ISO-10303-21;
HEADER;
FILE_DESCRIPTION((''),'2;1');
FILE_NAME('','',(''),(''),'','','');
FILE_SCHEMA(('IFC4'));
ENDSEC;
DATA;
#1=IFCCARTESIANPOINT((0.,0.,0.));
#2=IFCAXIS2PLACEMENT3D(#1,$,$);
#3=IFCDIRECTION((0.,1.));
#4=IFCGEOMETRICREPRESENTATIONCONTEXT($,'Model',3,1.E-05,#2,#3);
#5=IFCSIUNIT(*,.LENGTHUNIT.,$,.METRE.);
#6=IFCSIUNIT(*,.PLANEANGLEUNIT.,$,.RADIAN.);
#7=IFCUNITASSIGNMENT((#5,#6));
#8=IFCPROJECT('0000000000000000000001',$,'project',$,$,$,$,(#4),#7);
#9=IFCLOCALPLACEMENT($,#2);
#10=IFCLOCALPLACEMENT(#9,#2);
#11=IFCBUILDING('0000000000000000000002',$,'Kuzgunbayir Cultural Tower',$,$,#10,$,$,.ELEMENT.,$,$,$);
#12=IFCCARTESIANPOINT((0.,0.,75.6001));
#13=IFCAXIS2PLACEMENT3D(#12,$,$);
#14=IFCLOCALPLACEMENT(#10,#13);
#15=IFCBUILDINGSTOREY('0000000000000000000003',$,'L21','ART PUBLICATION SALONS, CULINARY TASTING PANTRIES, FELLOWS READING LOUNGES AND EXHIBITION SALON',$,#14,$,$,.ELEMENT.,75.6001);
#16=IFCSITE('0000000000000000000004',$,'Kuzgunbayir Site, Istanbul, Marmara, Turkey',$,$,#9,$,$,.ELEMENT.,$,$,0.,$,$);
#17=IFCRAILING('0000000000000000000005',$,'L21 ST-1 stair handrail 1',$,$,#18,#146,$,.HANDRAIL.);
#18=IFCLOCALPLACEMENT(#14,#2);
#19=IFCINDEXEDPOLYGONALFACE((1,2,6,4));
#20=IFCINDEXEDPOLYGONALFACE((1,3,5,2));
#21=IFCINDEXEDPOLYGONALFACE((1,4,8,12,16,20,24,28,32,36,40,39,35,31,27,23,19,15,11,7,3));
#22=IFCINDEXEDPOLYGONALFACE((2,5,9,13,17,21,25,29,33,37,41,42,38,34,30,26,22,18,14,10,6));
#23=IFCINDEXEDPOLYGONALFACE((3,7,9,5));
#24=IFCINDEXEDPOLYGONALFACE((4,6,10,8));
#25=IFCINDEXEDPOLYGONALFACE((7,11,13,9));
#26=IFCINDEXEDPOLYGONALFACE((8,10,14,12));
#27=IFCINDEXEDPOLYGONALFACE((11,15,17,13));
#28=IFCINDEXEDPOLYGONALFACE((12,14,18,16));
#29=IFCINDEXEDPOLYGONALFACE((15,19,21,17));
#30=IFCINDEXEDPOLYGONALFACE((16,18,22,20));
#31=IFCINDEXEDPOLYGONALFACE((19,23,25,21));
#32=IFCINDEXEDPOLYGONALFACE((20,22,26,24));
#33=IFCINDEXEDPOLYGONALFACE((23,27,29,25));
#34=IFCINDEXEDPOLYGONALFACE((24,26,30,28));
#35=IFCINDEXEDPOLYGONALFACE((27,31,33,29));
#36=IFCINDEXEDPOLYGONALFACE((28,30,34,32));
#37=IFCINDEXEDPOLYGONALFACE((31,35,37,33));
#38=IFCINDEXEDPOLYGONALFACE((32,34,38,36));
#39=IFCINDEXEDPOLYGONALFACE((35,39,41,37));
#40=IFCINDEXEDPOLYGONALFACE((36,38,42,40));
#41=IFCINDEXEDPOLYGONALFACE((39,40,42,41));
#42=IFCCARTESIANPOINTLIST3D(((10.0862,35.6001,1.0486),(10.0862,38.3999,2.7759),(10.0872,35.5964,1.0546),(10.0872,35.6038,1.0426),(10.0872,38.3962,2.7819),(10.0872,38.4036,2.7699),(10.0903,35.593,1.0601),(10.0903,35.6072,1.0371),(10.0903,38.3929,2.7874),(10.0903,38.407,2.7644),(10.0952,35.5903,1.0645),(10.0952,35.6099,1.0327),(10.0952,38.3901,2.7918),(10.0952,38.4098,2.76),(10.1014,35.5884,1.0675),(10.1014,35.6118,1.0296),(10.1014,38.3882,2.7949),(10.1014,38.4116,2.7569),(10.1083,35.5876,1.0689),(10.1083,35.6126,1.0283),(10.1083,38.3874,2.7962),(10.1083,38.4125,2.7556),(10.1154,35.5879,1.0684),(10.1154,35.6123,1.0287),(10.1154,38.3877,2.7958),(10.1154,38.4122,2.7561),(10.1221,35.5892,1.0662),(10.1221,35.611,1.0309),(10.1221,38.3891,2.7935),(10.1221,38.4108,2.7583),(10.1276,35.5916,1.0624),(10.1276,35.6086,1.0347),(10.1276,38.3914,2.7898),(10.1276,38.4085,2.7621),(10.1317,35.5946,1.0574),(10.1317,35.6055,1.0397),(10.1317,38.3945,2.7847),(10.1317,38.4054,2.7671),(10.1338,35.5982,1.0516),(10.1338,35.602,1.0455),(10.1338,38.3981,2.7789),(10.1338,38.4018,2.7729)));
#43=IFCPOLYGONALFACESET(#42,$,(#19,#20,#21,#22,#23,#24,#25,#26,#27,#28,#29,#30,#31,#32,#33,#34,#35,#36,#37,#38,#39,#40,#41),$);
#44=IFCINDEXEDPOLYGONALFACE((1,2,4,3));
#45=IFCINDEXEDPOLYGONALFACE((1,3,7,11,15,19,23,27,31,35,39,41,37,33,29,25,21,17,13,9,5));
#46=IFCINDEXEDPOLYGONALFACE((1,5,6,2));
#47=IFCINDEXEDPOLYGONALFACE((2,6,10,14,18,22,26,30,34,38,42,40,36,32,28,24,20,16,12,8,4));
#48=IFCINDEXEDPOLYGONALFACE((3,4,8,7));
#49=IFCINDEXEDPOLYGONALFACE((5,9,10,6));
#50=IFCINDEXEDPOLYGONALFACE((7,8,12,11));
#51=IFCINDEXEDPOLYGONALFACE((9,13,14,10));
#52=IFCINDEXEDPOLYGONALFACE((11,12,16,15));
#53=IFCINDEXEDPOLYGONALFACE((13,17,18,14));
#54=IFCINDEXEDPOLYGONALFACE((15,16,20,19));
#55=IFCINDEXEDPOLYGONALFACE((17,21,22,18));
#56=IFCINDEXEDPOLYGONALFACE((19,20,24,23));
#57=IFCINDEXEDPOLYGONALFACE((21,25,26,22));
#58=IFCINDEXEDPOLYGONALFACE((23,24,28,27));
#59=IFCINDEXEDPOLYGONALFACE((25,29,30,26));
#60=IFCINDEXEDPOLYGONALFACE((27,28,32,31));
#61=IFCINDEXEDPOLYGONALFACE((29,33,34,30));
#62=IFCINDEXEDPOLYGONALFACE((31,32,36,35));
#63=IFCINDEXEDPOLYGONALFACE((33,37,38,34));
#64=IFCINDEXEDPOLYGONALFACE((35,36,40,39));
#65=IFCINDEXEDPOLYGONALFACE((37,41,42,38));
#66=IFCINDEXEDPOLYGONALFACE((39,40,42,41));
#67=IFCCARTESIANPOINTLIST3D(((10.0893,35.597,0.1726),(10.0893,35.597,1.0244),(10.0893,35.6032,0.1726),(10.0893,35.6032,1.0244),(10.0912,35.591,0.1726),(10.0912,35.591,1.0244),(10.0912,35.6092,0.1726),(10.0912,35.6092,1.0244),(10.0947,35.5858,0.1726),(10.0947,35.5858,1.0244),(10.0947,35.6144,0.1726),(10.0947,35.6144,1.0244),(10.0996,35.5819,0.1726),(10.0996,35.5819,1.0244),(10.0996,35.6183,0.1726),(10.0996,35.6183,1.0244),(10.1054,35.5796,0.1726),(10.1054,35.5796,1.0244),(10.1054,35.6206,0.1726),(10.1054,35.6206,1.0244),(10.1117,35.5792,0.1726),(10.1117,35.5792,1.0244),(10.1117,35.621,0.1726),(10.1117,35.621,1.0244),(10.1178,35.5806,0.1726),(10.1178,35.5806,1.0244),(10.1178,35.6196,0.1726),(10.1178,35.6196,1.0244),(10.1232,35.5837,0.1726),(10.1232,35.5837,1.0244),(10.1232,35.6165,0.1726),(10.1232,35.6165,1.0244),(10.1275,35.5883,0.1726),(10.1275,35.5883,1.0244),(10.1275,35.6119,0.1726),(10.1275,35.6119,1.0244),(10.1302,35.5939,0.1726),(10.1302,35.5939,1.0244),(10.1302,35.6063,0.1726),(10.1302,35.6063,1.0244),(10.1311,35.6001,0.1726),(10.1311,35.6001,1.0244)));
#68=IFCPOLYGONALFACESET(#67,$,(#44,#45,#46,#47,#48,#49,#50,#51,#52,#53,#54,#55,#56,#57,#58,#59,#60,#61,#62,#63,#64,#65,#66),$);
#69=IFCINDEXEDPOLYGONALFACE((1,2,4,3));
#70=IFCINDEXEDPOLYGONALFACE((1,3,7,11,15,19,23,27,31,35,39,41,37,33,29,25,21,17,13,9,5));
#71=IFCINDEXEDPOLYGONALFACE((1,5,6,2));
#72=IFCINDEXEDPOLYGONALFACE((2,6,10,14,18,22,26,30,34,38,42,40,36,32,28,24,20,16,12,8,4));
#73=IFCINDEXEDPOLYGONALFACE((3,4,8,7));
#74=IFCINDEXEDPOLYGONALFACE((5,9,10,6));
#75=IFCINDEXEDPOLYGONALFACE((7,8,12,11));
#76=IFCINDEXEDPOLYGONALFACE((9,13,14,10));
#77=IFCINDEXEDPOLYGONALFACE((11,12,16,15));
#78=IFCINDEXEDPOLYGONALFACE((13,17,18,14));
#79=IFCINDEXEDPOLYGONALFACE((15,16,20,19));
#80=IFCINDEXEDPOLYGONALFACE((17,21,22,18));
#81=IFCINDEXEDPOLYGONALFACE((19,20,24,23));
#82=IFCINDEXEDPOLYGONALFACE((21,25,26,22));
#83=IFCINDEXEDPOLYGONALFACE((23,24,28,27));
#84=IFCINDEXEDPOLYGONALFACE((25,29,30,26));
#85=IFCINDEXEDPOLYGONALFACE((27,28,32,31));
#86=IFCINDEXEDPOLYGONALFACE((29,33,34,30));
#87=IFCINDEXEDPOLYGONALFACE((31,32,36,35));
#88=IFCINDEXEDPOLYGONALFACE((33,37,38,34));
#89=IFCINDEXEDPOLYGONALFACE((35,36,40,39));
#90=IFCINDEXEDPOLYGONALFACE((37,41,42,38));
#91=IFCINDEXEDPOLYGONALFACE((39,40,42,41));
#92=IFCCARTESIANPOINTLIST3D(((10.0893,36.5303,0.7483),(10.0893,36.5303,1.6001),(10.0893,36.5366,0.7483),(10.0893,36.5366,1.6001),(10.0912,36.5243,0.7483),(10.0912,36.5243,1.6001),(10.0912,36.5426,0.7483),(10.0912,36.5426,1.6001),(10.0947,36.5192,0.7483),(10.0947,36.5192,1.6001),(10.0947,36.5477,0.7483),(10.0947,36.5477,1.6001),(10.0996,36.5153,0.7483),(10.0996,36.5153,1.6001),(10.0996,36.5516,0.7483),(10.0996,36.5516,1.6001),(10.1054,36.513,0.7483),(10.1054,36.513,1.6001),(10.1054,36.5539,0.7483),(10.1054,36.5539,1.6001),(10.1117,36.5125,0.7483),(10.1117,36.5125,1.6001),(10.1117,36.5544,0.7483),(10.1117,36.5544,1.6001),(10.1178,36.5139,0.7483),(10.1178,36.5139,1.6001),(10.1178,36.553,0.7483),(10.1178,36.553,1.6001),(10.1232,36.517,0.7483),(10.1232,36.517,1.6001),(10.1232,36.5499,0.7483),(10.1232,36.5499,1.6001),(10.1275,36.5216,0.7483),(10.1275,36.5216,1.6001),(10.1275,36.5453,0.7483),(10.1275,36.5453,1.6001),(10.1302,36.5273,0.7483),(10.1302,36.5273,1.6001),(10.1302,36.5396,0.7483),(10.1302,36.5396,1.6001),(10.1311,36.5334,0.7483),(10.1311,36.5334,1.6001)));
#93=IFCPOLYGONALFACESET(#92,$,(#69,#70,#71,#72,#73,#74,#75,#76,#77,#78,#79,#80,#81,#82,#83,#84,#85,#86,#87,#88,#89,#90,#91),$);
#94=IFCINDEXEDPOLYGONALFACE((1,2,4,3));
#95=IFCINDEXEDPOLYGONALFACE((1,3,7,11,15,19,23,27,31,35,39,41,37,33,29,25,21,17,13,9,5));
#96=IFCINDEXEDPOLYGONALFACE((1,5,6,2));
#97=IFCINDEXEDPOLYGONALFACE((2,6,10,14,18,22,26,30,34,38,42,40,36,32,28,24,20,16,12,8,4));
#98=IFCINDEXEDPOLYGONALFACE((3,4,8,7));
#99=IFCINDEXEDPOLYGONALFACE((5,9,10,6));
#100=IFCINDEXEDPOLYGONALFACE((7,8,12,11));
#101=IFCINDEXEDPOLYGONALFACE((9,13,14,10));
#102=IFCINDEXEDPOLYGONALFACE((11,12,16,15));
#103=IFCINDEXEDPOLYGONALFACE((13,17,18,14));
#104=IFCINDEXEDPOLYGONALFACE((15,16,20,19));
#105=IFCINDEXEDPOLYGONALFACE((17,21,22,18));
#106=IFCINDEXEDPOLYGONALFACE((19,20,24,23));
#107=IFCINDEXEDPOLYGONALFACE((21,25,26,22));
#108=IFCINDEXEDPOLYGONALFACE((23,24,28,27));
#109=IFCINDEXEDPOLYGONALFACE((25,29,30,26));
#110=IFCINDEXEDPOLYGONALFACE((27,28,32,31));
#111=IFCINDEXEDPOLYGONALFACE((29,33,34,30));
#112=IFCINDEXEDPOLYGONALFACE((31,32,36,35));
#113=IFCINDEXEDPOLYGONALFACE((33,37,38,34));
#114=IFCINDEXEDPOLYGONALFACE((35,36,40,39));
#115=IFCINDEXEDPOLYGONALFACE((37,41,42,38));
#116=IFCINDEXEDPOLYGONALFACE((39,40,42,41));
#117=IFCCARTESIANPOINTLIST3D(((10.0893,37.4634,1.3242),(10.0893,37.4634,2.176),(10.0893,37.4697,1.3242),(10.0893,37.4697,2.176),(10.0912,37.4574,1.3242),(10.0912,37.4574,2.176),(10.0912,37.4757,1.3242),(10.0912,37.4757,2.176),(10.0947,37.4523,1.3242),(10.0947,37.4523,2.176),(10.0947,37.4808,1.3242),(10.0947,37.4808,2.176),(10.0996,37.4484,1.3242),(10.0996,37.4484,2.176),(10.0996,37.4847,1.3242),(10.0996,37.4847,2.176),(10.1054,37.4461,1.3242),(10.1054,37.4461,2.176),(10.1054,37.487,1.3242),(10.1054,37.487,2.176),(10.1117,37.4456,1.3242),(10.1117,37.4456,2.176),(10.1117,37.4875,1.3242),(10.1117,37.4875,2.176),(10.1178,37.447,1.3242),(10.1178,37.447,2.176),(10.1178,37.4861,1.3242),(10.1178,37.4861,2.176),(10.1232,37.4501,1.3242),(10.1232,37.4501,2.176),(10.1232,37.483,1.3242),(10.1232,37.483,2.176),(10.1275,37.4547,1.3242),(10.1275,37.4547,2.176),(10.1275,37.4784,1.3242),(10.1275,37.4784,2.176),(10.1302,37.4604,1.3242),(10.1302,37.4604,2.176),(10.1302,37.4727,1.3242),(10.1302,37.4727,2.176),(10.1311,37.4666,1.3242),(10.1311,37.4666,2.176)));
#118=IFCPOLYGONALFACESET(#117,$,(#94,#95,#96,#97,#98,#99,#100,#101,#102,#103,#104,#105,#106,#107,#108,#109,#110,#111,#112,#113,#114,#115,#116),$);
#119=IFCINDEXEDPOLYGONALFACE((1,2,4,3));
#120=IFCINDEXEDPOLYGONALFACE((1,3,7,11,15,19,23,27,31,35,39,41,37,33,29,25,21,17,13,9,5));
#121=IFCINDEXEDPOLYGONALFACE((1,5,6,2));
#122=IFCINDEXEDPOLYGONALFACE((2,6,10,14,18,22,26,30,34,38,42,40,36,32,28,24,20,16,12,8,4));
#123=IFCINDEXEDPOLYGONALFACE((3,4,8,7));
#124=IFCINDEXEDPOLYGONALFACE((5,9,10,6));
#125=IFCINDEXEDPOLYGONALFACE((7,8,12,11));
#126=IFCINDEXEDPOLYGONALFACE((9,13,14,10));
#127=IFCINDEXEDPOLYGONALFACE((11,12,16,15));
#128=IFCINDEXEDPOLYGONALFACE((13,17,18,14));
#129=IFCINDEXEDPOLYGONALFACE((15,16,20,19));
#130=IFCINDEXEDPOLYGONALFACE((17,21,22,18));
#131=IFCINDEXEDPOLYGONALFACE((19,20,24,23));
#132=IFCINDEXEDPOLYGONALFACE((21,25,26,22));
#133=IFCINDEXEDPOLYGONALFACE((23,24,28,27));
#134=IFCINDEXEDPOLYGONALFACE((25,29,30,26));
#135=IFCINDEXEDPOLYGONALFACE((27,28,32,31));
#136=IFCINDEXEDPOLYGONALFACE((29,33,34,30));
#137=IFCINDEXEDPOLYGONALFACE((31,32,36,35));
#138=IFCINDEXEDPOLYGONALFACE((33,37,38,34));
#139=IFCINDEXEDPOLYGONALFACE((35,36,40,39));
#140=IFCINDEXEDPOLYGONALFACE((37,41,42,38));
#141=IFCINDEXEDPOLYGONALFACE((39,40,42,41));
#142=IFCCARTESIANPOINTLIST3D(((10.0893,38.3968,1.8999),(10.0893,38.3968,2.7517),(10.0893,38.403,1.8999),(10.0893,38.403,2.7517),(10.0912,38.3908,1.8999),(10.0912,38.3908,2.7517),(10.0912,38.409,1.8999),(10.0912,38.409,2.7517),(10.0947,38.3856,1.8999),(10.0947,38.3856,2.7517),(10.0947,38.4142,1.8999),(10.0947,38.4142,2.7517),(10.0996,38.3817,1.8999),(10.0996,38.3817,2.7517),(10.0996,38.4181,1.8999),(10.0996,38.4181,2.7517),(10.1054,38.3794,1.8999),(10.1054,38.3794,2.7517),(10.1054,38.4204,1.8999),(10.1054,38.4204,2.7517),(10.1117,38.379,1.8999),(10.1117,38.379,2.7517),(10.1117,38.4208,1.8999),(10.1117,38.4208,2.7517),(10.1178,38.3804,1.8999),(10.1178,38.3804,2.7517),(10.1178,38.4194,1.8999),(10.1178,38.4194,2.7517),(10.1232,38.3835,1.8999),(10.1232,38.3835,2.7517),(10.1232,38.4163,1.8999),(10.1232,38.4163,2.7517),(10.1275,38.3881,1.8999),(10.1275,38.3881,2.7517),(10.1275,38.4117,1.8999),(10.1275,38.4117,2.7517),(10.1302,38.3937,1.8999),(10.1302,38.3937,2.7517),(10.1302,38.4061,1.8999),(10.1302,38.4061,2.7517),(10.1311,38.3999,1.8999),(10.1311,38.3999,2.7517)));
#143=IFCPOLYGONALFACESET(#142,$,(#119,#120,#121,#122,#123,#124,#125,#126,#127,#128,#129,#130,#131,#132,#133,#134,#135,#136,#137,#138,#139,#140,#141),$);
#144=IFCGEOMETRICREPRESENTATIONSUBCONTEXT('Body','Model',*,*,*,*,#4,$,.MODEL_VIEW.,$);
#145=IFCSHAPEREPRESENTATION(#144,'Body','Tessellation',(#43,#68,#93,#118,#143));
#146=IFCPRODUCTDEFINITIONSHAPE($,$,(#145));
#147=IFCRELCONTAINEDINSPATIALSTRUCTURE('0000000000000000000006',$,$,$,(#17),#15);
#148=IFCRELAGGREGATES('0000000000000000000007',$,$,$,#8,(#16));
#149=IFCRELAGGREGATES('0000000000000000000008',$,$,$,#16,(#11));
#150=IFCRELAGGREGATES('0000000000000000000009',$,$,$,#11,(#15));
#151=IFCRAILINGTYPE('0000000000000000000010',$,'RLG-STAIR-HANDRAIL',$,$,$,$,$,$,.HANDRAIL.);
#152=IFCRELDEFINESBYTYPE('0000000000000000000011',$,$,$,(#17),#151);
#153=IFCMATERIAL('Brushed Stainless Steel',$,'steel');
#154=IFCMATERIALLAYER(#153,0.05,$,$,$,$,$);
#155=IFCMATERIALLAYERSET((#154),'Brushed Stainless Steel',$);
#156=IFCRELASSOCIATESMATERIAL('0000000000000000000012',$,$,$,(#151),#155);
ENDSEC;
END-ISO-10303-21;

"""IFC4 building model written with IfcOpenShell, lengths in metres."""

from ifc_helpers import new_model, si_unit, direction, frame, origin, origin_2d, place, context, subcontext, project, spatial, circle, extrude, material, layer, layer_set, type_object, element, save


model = new_model("IFC4")

# Units and contexts
model_context = context("Model", 3, precision=1e-05, world=origin(), true_north=direction((0.0, 1.0)))
body_context = subcontext(model_context, "Body", "Model", "MODEL_VIEW")
ifc_project = project(units=[si_unit("LENGTHUNIT", "METRE"), si_unit("PLANEANGLEUNIT", "RADIAN")], contexts=[model_context])

# Site, building, storey
site_placement = place(None, origin())
site = spatial("IfcSite", under=ifc_project, at=site_placement, Name="Kuzgunbayir Site, Istanbul, Marmara, Turkey", CompositionType="ELEMENT", RefElevation=0.0)
building_placement = place(site_placement, origin())
building = spatial("IfcBuilding", under=site, at=building_placement, Name="Kuzgunbayir Cultural Tower", CompositionType="ELEMENT")
storey_placement = place(building_placement, frame((0.0, 0.0, 75.6001)))
storey = spatial("IfcBuildingStorey", under=building, at=storey_placement, Name="L21", Description="ART PUBLICATION SALONS, CULINARY TASTING PANTRIES, FELLOWS READING LOUNGES AND EXHIBITION SALON", CompositionType="ELEMENT", Elevation=75.6001)

# Shared definitions
ifc_material_1 = material(Name="Brushed Stainless Steel", Category="steel")

# Railing
ifc_layer_1 = layer(ifc_material_1, 0.05)
ifc_layer_set_1 = layer_set([ifc_layer_1], Name="Brushed Stainless Steel")
railing_type_1 = type_object("IfcRailingType", Name="RLG-STAIR-HANDRAIL", PredefinedType="HANDRAIL", material=ifc_layer_set_1)
railing_1_placement = place(storey_placement, frame((10.1101, 35.6001, 0.1726)))
element("IfcRailing", 1, at=railing_1_placement, inside=storey, type_object=railing_type_1, Name="L21 ST-1 stair handrail 1", PredefinedType="HANDRAIL", context=body_context, shape_type="SweptSolid", body=[
    extrude(circle(Radius=0.0239, at=origin_2d()), frame((0.0, 0.0, 0.876), z_axis=(0.0, 0.851069, 0.525054), x_axis=(-1.0, 0.0, 0.0)), (0.0, 0.0, 1.0), 3.2898),
    extrude(circle(Radius=0.021, at=origin_2d()), origin(), (0.0, 0.0, 1.0), 0.8518),
    extrude(circle(Radius=0.021, at=origin_2d()), frame((0.0, 0.9333, 0.5757)), (0.0, 0.0, 1.0), 0.8518),
    extrude(circle(Radius=0.021, at=origin_2d()), frame((0.0, 1.8665, 1.1516)), (0.0, 0.0, 1.0), 0.8518),
    extrude(circle(Radius=0.021, at=origin_2d()), frame((0.0, 2.7998, 1.7273)), (0.0, 0.0, 1.0), 0.8518),
])

save(model, "model.ifc")
